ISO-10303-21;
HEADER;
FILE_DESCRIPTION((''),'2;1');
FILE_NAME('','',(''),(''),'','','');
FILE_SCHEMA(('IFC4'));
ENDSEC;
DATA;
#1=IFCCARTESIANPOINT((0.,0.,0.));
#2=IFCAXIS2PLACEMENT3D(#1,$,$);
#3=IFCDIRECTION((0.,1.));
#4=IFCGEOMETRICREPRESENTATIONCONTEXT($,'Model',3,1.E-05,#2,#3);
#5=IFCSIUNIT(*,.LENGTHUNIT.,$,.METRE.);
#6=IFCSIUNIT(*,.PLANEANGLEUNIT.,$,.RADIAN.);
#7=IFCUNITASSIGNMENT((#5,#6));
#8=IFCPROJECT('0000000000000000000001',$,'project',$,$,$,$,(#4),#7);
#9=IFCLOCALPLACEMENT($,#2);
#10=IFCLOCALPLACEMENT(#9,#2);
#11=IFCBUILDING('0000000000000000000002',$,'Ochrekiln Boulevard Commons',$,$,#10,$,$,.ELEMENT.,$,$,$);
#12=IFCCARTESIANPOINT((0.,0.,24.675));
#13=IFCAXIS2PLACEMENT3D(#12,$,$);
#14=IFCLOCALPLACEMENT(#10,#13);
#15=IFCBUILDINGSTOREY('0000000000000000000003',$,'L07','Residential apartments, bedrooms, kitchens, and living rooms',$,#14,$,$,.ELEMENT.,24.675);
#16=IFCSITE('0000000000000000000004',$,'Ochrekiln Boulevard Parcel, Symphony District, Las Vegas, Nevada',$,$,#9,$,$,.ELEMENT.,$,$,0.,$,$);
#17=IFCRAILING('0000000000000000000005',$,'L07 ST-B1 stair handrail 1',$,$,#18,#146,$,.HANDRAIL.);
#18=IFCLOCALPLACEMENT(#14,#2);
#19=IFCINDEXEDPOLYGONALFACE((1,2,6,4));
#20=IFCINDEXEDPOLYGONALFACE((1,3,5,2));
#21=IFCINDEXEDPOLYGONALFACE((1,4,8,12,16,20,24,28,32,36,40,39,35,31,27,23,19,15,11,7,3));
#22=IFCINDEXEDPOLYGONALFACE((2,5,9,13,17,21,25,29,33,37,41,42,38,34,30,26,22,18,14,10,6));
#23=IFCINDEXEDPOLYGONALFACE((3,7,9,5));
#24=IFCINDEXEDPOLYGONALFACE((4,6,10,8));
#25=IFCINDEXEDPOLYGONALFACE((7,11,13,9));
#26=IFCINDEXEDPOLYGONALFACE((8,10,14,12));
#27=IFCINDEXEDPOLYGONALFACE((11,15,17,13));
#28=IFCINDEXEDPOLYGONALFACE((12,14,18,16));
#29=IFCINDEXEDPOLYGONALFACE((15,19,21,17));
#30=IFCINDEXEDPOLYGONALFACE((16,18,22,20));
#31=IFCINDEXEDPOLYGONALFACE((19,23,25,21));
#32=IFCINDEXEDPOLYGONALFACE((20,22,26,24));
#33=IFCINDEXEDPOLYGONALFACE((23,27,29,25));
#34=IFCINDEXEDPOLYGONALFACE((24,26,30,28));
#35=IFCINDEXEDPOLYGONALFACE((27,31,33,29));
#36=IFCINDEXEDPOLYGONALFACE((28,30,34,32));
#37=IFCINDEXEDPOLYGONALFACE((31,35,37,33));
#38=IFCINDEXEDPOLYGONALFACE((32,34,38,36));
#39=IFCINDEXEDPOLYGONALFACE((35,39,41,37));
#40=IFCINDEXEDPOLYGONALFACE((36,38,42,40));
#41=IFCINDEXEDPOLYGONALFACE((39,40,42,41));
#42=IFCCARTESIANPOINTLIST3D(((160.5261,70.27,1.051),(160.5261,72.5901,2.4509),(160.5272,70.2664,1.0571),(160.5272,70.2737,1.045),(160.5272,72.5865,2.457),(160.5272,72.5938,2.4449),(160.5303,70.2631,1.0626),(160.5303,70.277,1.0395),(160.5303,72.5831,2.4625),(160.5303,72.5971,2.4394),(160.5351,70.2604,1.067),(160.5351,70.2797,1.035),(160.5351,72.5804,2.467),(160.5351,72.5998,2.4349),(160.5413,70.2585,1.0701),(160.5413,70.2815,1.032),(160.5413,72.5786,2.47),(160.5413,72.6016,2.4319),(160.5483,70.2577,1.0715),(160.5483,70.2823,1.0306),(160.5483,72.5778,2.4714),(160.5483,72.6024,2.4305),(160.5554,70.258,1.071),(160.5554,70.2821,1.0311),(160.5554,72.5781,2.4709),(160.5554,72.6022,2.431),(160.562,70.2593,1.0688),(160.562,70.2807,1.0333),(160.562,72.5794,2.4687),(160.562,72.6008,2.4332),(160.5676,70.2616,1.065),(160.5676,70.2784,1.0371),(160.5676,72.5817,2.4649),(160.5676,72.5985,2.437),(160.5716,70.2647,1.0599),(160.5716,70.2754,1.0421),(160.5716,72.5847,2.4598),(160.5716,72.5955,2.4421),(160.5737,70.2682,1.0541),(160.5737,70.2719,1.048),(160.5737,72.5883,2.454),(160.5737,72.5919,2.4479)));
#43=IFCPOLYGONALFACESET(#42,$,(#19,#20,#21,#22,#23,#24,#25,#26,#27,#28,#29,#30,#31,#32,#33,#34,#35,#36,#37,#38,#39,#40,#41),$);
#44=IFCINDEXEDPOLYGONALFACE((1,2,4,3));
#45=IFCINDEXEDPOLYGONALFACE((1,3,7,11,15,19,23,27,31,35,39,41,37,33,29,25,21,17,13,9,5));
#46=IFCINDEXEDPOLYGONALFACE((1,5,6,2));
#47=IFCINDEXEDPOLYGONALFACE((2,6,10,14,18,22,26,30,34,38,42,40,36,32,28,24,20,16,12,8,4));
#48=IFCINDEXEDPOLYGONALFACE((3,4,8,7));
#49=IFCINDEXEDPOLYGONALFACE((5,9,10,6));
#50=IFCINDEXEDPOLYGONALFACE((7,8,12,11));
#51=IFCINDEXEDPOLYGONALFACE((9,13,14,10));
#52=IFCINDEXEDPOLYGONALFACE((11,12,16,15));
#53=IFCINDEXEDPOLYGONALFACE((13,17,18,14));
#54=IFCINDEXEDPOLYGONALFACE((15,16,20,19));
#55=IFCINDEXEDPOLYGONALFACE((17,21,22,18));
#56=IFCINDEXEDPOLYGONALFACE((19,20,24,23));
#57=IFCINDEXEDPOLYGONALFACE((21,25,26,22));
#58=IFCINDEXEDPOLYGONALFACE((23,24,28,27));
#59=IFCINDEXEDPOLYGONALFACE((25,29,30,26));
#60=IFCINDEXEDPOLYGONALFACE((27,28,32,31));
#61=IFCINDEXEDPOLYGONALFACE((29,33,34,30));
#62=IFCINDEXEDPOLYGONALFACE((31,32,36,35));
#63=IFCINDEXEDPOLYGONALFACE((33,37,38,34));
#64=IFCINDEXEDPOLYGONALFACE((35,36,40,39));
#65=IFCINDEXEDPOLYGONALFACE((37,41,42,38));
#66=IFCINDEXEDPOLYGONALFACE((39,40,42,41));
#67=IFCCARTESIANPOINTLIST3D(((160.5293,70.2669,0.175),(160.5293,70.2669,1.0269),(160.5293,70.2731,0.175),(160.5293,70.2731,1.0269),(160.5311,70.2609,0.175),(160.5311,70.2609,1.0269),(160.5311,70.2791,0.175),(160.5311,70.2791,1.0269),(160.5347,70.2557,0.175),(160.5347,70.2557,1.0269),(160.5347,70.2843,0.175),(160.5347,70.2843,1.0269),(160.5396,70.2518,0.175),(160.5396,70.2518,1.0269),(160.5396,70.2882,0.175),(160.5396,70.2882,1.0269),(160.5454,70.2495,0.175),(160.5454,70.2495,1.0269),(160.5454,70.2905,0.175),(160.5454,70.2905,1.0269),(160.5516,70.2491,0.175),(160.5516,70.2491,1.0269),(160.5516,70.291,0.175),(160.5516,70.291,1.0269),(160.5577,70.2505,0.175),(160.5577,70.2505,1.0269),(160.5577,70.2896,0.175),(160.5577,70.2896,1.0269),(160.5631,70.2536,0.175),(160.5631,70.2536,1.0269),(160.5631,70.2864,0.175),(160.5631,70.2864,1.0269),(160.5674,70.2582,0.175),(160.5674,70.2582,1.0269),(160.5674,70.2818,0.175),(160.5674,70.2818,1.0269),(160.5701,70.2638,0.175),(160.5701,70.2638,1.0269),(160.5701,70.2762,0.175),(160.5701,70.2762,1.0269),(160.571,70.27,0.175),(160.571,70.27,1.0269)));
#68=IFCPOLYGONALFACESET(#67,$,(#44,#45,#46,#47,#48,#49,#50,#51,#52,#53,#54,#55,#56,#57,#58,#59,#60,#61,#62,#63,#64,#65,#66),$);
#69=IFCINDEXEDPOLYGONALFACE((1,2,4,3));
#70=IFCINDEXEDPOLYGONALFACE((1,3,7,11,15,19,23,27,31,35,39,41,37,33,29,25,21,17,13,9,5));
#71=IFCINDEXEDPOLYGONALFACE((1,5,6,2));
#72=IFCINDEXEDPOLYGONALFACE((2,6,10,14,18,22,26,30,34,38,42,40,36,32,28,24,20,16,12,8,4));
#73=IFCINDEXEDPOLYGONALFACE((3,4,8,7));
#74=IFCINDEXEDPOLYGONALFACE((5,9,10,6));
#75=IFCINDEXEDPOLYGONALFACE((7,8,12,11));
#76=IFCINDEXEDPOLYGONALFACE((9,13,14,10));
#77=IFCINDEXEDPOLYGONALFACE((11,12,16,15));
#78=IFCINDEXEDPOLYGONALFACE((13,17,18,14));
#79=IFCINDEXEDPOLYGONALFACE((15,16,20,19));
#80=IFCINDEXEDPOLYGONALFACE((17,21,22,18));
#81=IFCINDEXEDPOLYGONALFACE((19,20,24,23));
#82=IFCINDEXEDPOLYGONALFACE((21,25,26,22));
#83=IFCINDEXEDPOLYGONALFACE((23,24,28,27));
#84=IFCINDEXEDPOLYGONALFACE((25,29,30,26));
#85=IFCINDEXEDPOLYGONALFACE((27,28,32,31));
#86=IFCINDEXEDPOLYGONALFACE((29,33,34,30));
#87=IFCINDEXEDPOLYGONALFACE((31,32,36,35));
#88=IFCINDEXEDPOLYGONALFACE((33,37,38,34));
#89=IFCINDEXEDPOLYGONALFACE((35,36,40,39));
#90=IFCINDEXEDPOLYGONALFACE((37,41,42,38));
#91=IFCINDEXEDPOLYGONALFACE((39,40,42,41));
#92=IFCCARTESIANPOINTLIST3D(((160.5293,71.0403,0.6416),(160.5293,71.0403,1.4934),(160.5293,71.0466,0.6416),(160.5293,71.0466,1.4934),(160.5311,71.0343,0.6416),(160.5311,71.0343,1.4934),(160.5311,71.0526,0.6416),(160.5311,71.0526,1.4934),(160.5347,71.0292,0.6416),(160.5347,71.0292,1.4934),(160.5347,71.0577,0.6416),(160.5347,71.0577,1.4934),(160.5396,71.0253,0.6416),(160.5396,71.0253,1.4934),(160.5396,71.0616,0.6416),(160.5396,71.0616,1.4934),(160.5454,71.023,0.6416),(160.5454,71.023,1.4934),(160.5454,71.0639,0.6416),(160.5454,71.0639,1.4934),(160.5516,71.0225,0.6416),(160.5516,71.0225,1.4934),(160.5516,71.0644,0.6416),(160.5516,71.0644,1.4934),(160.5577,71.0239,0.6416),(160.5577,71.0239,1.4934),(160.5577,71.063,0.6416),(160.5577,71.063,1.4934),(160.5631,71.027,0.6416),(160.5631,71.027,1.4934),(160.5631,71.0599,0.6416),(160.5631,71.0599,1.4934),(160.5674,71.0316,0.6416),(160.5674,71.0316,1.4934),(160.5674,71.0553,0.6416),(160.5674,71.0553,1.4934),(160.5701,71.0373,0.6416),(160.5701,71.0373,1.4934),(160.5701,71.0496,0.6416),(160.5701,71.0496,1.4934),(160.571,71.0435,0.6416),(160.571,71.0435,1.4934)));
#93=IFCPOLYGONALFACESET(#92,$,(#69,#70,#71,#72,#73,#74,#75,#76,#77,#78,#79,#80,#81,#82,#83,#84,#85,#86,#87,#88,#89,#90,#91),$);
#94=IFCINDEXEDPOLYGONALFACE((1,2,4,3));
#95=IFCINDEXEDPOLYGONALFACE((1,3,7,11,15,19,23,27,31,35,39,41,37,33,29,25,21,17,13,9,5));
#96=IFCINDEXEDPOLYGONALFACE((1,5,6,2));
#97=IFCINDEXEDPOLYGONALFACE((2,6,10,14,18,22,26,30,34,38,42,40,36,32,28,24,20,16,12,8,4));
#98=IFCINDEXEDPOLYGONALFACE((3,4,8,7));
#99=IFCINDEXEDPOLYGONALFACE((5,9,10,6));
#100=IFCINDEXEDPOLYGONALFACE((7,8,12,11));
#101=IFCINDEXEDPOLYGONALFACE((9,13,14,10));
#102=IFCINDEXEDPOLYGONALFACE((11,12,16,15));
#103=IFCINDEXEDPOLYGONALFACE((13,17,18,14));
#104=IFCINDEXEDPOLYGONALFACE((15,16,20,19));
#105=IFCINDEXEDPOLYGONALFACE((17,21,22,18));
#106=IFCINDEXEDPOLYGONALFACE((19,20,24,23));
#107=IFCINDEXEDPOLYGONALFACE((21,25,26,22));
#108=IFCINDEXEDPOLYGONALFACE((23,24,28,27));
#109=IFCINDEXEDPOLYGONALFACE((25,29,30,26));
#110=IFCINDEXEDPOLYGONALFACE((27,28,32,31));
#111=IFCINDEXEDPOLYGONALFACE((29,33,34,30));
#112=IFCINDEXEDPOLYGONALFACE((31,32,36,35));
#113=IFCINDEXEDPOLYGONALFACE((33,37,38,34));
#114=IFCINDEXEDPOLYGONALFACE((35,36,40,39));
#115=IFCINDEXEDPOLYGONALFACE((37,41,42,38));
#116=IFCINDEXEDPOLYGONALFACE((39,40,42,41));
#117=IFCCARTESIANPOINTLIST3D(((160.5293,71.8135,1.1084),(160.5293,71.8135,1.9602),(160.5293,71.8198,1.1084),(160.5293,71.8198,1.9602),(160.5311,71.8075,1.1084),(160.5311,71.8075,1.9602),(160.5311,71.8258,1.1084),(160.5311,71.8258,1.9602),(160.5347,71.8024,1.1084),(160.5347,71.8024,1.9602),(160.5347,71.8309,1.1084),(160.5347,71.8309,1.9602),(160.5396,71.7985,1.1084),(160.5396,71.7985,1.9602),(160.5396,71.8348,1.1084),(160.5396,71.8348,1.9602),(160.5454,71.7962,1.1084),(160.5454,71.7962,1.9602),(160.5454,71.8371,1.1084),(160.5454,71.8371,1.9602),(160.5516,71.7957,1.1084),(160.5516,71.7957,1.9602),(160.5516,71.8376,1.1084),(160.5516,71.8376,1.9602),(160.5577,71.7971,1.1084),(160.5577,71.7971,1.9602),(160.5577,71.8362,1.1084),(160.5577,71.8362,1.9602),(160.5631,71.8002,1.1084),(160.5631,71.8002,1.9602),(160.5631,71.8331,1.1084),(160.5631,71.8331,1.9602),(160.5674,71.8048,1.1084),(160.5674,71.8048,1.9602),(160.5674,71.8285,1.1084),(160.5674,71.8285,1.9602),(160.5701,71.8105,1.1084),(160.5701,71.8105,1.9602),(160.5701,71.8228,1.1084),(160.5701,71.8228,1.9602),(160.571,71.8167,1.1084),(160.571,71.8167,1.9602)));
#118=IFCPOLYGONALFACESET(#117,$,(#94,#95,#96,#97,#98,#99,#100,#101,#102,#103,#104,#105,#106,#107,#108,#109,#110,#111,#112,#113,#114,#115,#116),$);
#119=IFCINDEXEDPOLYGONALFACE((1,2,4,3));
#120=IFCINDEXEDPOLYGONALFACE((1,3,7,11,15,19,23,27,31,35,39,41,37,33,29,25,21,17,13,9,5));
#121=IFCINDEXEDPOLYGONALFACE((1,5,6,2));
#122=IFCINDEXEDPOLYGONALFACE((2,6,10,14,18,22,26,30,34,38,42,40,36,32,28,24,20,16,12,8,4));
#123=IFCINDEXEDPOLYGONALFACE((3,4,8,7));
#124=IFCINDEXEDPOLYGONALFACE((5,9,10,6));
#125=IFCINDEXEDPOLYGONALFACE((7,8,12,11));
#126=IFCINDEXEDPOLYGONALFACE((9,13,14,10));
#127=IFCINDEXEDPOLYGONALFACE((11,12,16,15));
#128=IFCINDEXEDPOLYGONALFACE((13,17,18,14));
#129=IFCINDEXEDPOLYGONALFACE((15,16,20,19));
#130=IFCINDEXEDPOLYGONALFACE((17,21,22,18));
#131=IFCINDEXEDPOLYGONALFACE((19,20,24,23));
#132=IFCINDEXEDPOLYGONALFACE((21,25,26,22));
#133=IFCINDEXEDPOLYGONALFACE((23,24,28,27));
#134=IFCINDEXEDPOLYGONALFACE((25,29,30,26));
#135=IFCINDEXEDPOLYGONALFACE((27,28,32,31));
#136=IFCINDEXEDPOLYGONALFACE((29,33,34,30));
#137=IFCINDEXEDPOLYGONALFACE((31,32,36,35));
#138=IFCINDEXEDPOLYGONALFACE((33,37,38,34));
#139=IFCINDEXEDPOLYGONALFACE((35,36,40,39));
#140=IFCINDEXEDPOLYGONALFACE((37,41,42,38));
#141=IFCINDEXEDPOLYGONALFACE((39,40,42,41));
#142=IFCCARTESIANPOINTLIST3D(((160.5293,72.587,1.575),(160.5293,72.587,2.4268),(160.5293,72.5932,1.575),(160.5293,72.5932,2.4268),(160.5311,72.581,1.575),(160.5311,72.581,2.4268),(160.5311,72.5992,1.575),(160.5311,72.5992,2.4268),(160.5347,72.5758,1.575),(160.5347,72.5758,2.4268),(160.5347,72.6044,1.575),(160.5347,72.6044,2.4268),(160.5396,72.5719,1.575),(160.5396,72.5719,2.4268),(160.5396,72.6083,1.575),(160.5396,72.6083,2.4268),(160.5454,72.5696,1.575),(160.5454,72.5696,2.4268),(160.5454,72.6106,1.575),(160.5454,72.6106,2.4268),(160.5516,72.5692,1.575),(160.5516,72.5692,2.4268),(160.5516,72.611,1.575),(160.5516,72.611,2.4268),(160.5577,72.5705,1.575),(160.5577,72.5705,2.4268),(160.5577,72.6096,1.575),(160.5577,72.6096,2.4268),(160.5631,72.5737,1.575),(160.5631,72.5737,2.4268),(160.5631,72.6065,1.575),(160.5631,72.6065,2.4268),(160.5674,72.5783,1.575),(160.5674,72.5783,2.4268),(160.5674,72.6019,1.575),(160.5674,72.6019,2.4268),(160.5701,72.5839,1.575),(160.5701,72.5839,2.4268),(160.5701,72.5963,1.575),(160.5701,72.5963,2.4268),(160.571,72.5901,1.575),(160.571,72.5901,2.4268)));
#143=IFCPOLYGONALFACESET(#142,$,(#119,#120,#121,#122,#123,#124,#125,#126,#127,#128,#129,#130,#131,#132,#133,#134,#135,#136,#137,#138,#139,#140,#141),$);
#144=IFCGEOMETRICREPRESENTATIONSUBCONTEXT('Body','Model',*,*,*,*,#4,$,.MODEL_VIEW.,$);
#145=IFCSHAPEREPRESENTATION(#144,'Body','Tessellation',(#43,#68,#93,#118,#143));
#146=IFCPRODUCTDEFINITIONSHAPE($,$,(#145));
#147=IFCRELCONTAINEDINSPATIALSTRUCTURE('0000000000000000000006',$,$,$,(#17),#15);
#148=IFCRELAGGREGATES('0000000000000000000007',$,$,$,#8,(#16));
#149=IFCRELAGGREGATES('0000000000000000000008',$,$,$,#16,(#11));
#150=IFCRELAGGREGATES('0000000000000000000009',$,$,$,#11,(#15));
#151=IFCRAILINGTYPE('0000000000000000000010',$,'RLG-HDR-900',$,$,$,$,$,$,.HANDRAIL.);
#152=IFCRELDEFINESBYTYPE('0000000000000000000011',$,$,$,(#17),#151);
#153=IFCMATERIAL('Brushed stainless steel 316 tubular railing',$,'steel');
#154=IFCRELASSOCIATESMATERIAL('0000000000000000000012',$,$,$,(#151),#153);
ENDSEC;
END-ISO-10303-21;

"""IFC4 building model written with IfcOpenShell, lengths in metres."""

from ifc_helpers import new_model, si_unit, direction, frame, origin, origin_2d, place, context, subcontext, project, spatial, circle, extrude, material, type_object, element, save


model = new_model("IFC4")

# Units and contexts
model_context = context("Model", 3, precision=1e-05, world=origin(), true_north=direction((0.0, 1.0)))
body_context = subcontext(model_context, "Body", "Model", "MODEL_VIEW")
ifc_project = project(units=[si_unit("LENGTHUNIT", "METRE"), si_unit("PLANEANGLEUNIT", "RADIAN")], contexts=[model_context])

# Site, building, storey
site_placement = place(None, origin())
site = spatial("IfcSite", under=ifc_project, at=site_placement, Name="Ochrekiln Boulevard Parcel, Symphony District, Las Vegas, Nevada", CompositionType="ELEMENT", RefElevation=0.0)
building_placement = place(site_placement, origin())
building = spatial("IfcBuilding", under=site, at=building_placement, Name="Ochrekiln Boulevard Commons", CompositionType="ELEMENT")
storey_placement = place(building_placement, frame((0.0, 0.0, 24.675)))
storey = spatial("IfcBuildingStorey", under=building, at=storey_placement, Name="L07", Description="Residential apartments, bedrooms, kitchens, and living rooms", CompositionType="ELEMENT", Elevation=24.675)

# Railing
ifc_material_1 = material(Name="Brushed stainless steel 316 tubular railing", Category="steel")
railing_type = type_object("IfcRailingType", Name="RLG-HDR-900", PredefinedType="HANDRAIL", material=ifc_material_1)
railing_placement = place(storey_placement, frame((160.55, 70.27, 0.175)))
element("IfcRailing", 1, at=railing_placement, inside=storey, type_object=railing_type, Name="L07 ST-B1 stair handrail 1", PredefinedType="HANDRAIL", context=body_context, shape_type="SweptSolid", body=[
    extrude(circle(Radius=0.0239, at=origin_2d()), frame((0.0, 0.0, 0.876), z_axis=(0.0, 0.85621, 0.516627), x_axis=(-1.0, 0.0, 0.0)), (0.0, 0.0, 1.0), 2.7097),
    extrude(circle(Radius=0.021, at=origin_2d()), origin(), (0.0, 0.0, 1.0), 0.8518),
    extrude(circle(Radius=0.021, at=origin_2d()), frame((0.0, 0.7734, 0.4666)), (0.0, 0.0, 1.0), 0.8518),
    extrude(circle(Radius=0.021, at=origin_2d()), frame((0.0, 1.5466, 0.9333)), (0.0, 0.0, 1.0), 0.8518),
    extrude(circle(Radius=0.021, at=origin_2d()), frame((0.0, 2.3201, 1.3999)), (0.0, 0.0, 1.0), 0.8518),
])

save(model, "model.ifc")
